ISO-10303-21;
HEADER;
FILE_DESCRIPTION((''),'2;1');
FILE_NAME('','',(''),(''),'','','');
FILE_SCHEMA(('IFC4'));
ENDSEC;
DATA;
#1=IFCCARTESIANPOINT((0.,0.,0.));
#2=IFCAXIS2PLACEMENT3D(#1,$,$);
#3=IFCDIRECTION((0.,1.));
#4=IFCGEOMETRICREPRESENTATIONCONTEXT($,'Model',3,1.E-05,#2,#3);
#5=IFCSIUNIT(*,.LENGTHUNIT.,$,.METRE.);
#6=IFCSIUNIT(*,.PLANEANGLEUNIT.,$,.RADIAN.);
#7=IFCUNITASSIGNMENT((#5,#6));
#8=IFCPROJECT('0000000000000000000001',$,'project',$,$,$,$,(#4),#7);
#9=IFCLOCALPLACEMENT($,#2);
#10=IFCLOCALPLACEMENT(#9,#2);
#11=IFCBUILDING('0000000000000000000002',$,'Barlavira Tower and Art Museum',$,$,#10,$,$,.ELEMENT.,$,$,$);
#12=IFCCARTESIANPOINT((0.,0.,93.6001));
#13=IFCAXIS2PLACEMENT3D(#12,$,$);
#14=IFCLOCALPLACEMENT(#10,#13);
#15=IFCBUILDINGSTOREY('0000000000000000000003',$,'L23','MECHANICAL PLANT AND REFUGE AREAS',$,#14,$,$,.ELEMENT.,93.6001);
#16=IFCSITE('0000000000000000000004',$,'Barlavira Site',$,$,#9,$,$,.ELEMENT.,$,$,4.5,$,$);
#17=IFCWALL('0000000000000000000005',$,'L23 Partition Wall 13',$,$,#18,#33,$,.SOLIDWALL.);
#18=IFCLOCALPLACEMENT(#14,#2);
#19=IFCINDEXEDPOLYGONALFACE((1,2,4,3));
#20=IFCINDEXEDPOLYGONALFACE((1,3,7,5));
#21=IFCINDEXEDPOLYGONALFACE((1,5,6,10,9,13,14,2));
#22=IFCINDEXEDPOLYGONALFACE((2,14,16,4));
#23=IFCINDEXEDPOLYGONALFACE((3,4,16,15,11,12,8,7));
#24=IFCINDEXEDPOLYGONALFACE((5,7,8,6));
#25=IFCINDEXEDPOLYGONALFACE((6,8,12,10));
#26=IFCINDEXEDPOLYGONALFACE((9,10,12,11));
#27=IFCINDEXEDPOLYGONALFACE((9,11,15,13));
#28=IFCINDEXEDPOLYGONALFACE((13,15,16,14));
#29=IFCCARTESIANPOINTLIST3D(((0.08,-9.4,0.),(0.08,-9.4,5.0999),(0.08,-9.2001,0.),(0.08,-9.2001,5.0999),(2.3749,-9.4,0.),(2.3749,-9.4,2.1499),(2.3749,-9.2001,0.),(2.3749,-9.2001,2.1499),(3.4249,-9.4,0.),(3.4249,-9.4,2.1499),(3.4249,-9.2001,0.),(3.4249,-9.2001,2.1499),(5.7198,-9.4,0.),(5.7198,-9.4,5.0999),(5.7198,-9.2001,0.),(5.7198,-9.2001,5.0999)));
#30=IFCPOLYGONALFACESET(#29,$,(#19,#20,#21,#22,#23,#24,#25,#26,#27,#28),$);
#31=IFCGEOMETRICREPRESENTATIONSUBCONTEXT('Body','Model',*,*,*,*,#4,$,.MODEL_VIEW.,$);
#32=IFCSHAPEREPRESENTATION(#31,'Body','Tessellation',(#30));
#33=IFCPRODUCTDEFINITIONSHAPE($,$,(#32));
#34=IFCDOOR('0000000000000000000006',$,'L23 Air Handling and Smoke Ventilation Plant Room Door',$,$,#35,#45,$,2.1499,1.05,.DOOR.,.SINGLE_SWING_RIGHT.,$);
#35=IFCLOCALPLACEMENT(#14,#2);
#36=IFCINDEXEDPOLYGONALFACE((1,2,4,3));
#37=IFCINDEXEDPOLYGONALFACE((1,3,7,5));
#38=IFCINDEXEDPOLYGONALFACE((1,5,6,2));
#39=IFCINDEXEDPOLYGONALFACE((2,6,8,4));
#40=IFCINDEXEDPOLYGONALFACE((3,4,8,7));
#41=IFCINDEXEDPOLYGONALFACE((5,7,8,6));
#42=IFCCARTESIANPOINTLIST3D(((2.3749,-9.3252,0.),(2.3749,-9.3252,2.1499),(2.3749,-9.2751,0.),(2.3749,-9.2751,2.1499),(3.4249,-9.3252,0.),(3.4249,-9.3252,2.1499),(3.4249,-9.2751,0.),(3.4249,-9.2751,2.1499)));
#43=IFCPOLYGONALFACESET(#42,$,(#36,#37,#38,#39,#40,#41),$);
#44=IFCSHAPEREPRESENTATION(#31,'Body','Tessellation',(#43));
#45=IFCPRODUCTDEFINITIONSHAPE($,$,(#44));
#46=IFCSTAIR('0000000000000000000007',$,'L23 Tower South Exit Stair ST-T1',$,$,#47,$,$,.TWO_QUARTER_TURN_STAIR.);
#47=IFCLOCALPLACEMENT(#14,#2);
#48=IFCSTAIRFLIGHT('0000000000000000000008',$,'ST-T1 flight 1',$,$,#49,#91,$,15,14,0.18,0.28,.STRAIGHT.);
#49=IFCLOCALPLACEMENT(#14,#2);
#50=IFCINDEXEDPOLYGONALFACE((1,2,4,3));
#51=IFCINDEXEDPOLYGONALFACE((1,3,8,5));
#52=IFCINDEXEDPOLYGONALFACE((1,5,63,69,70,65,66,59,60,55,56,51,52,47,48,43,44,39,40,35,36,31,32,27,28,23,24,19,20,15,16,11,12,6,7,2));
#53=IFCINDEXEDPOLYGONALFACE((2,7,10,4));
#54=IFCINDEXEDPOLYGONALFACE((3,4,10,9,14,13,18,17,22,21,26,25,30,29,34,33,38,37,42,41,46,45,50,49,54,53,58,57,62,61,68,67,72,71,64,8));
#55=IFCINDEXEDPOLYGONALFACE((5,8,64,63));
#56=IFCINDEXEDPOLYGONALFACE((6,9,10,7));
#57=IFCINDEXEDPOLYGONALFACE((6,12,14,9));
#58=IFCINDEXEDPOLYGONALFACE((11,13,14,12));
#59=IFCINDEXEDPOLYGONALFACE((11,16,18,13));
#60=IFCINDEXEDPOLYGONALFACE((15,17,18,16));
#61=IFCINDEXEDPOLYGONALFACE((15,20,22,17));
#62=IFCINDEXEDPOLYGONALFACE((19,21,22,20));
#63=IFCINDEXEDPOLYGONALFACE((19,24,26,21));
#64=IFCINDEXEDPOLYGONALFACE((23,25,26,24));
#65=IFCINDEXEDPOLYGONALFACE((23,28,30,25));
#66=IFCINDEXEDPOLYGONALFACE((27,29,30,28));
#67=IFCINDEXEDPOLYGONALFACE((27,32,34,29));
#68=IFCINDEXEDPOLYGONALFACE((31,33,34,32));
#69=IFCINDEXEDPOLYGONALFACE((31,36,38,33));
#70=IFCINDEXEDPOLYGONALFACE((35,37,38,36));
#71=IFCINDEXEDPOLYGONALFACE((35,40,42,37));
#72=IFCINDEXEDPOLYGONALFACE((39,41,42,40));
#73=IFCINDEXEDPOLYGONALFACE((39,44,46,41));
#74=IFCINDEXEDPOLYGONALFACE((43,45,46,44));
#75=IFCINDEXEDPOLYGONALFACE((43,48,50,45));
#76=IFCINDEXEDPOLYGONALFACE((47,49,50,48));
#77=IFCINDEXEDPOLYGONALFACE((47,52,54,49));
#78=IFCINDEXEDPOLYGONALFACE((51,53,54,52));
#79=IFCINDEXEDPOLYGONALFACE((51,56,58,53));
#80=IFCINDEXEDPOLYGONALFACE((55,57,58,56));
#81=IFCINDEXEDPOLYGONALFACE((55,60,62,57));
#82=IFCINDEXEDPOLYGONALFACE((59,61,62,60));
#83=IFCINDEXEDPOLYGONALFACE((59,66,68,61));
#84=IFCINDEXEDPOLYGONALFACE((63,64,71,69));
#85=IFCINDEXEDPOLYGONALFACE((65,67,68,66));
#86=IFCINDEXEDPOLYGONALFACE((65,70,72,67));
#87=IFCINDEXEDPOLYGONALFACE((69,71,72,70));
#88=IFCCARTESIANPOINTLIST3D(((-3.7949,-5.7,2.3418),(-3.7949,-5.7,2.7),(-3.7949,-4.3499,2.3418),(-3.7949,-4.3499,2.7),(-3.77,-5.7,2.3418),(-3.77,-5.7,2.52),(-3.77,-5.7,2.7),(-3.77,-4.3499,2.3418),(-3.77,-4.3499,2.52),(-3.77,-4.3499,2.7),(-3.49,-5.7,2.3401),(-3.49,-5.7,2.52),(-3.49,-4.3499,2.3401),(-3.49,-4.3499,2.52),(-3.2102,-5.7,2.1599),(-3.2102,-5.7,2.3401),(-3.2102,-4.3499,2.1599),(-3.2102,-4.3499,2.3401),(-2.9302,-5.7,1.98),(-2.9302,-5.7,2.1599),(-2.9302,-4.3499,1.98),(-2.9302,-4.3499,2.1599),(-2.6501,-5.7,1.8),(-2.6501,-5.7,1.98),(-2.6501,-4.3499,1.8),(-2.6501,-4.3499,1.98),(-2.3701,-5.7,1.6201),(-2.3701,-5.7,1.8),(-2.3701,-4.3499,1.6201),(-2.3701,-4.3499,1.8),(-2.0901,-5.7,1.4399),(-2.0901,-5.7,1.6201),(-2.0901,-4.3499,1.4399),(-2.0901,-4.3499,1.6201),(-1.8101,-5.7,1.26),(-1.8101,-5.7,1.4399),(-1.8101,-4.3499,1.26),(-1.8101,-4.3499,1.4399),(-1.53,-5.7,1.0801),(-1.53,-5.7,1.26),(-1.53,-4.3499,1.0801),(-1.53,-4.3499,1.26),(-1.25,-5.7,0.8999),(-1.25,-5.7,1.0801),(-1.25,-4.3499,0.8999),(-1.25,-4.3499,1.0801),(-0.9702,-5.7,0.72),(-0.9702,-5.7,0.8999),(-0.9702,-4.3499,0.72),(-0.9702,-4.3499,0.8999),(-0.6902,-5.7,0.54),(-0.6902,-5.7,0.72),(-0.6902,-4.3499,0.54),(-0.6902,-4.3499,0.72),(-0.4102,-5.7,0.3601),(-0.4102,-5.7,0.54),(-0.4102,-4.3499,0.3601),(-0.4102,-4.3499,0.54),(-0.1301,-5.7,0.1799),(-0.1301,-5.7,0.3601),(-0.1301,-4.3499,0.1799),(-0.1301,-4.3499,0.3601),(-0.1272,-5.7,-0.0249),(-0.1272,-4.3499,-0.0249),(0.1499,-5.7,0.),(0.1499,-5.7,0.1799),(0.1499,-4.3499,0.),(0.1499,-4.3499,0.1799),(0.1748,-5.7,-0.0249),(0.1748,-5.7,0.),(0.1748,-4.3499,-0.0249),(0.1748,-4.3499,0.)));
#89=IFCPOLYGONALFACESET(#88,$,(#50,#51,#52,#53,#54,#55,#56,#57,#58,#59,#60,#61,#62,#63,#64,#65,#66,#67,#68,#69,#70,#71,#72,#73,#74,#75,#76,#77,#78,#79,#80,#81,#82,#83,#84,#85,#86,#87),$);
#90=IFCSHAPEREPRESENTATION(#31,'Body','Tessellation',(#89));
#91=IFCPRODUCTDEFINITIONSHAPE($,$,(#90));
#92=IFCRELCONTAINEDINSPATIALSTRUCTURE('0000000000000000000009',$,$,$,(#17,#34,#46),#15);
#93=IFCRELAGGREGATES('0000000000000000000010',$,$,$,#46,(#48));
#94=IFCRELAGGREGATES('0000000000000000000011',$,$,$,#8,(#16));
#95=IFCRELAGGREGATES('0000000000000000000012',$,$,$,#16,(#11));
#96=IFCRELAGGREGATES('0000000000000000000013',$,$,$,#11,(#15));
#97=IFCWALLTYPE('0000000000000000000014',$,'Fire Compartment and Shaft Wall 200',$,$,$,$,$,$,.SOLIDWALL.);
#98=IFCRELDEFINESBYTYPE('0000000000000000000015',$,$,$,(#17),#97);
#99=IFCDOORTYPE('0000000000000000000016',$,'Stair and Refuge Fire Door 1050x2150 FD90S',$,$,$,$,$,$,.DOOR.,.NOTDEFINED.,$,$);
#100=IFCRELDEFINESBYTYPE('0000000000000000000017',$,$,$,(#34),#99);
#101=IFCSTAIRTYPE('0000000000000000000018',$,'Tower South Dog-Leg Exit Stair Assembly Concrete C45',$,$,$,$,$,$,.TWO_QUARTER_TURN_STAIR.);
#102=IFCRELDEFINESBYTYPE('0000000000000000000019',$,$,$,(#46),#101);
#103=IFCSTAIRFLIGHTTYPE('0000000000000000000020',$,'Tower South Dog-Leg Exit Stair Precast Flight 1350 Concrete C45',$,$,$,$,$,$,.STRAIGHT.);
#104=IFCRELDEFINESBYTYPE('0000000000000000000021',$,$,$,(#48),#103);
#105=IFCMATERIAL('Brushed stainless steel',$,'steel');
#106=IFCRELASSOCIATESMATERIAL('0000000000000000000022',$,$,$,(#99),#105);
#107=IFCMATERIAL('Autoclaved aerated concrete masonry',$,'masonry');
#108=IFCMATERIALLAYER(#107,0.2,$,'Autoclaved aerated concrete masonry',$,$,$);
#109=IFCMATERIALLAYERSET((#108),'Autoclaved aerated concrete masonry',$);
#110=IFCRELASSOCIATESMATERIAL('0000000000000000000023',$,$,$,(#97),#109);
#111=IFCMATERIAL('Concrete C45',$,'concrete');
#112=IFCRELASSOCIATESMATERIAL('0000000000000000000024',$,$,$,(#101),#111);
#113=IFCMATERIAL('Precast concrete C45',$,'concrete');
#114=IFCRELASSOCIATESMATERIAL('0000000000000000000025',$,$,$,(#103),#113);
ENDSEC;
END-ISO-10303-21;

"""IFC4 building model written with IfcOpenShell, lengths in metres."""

from ifc_helpers import new_model, si_unit, direction, frame, frame_2d, origin, place, context, subcontext, project, spatial, polyline, rectangle, outline, extrude, material, layer, layer_set, type_object, element, fill, aggregate, save


model = new_model("IFC4")

# Units and contexts
model_context = context("Model", 3, precision=1e-05, world=origin(), true_north=direction((0.0, 1.0)))
body_context = subcontext(model_context, "Body", "Model", "MODEL_VIEW")
ifc_project = project(units=[si_unit("LENGTHUNIT", "METRE"), si_unit("PLANEANGLEUNIT", "RADIAN")], contexts=[model_context])

# Site, building, storey
site_placement = place(None, origin())
site = spatial("IfcSite", under=ifc_project, at=site_placement, Name="Barlavira Site", CompositionType="ELEMENT", RefElevation=4.5)
building_placement = place(site_placement, origin())
building = spatial("IfcBuilding", under=site, at=building_placement, Name="Barlavira Tower and Art Museum", CompositionType="ELEMENT")
storey_placement = place(building_placement, frame((0.0, 0.0, 93.6001)))
storey = spatial("IfcBuildingStorey", under=building, at=storey_placement, Name="L23", Description="MECHANICAL PLANT AND REFUGE AREAS", CompositionType="ELEMENT", Elevation=93.6001)

# Shared definitions
ifc_material_1 = material(Name="Brushed stainless steel", Category="steel")
door_type_1 = type_object("IfcDoorType", Name="Stair and Refuge Fire Door 1050x2150 FD90S", OperationType="NOTDEFINED", PredefinedType="DOOR", material=ifc_material_1)

# Shared definitions
ifc_material_2 = material(Name="Autoclaved aerated concrete masonry", Category="masonry")
ifc_layer_1 = layer(ifc_material_2, 0.2, Name="Autoclaved aerated concrete masonry")
ifc_layer_set_1 = layer_set([ifc_layer_1], Name="Autoclaved aerated concrete masonry")
wall_type_1 = type_object("IfcWallType", Name="Fire Compartment and Shaft Wall 200", PredefinedType="SOLIDWALL", material=ifc_layer_set_1)

# Wall, opening, door
wall_1_placement = place(storey_placement, frame((0.0801, -9.3, 0.0), z_axis=(0.0, 0.0, 1.0), x_axis=(1.0, 0.0, 0.0)))
wall_1 = element("IfcWall", 1, at=wall_1_placement, inside=storey, type_object=wall_type_1, Name="L23 Partition Wall 13", PredefinedType="SOLIDWALL", context=body_context, shape_type="SweptSolid", body=[
    extrude(rectangle(XDim=5.6399, YDim=0.2, at=frame_2d((2.8198, 0.0))), origin(), (0.0, 0.0, 1.0), 5.0999),
])
opening_1_placement = place(wall_1_placement, frame((2.2949, 0.0, 0.0)))
opening_1 = element("IfcOpeningElement", 2, at=opening_1_placement, cuts=wall_1, PredefinedType="OPENING", context=body_context, shape_type="SweptSolid", body=[
    extrude(rectangle(XDim=1.05, YDim=2.1499, at=frame_2d((0.5249, 1.075))), frame((0.0, 0.1099, 0.0), z_axis=(0.0, -1.0, 0.0), x_axis=(1.0, 0.0, 0.0)), (0.0, 0.0, 1.0), 0.22),
])
door_1_placement = place(opening_1_placement, origin())
door_1 = element("IfcDoor", 3, at=door_1_placement, inside=storey, type_object=door_type_1, Name="L23 Air Handling and Smoke Ventilation Plant Room Door", OperationType="SINGLE_SWING_RIGHT", OverallHeight=2.1499, OverallWidth=1.05, PredefinedType="DOOR", context=body_context, shape_type="SweptSolid", body=[
    extrude(rectangle(XDim=1.05, YDim=2.1499, at=frame_2d((0.5249, 1.075))), frame((0.0, 0.0249, 0.0), z_axis=(0.0, -1.0, 0.0), x_axis=(1.0, 0.0, 0.0)), (0.0, 0.0, 1.0), 0.05),
])
fill(opening_1, door_1)

# Stair, stair flight
ifc_material_3 = material(Name="Concrete C45", Category="concrete")
stair_type = type_object("IfcStairType", Name="Tower South Dog-Leg Exit Stair Assembly Concrete C45", PredefinedType="TWO_QUARTER_TURN_STAIR", material=ifc_material_3)
stair_placement = place(storey_placement, origin())
stair = element("IfcStair", 4, at=stair_placement, inside=storey, type_object=stair_type, Name="L23 Tower South Exit Stair ST-T1", PredefinedType="TWO_QUARTER_TURN_STAIR")
ifc_material_4 = material(Name="Precast concrete C45", Category="concrete")
stair_flight_type = type_object("IfcStairFlightType", Name="Tower South Dog-Leg Exit Stair Precast Flight 1350 Concrete C45", PredefinedType="STRAIGHT", material=ifc_material_4)
stair_flight_placement = place(storey_placement, frame((0.1499, -5.0249, 0.0), z_axis=(0.0, 0.0, 1.0), x_axis=(-1.0, 0.0, 0.0)))
stair_flight = element("IfcStairFlight", 5, at=stair_flight_placement, type_object=stair_flight_type, Name="ST-T1 flight 1", NumberOfRisers=15, NumberOfTreads=14, PredefinedType="STRAIGHT", RiserHeight=0.18, TreadLength=0.28, context=body_context, shape_type="SweptSolid", body=[
    extrude(outline(polyline([(-0.0249, 0.0), (0.0, 0.0), (0.0, 0.1799), (0.28, 0.1799), (0.28, 0.3601), (0.5601, 0.3601), (0.5601, 0.54), (0.8401, 0.54), (0.8401, 0.72), (1.1201, 0.72), (1.1201, 0.8999), (1.3999, 0.8999), (1.3999, 1.0801), (1.6799, 1.0801), (1.6799, 1.26), (1.96, 1.26), (1.96, 1.4399), (2.24, 1.4399), (2.24, 1.6201), (2.52, 1.6201), (2.52, 1.8), (2.8, 1.8), (2.8, 1.98), (3.0801, 1.98), (3.0801, 2.1599), (3.3601, 2.1599), (3.3601, 2.3401), (3.6399, 2.3401), (3.6399, 2.52), (3.9199, 2.52), (3.9199, 2.7), (3.9448, 2.7), (3.9448, 2.3418), (3.9199, 2.3418), (0.2771, -0.0249), (-0.0249, -0.0249), (-0.0249, 0.0)])), frame((0.0, 0.675, 0.0), z_axis=(0.0, -1.0, 0.0), x_axis=(1.0, 0.0, 0.0)), (0.0, 0.0, 1.0), 1.3501),
])
aggregate(stair, [stair_flight])

save(model, "model.ifc")
